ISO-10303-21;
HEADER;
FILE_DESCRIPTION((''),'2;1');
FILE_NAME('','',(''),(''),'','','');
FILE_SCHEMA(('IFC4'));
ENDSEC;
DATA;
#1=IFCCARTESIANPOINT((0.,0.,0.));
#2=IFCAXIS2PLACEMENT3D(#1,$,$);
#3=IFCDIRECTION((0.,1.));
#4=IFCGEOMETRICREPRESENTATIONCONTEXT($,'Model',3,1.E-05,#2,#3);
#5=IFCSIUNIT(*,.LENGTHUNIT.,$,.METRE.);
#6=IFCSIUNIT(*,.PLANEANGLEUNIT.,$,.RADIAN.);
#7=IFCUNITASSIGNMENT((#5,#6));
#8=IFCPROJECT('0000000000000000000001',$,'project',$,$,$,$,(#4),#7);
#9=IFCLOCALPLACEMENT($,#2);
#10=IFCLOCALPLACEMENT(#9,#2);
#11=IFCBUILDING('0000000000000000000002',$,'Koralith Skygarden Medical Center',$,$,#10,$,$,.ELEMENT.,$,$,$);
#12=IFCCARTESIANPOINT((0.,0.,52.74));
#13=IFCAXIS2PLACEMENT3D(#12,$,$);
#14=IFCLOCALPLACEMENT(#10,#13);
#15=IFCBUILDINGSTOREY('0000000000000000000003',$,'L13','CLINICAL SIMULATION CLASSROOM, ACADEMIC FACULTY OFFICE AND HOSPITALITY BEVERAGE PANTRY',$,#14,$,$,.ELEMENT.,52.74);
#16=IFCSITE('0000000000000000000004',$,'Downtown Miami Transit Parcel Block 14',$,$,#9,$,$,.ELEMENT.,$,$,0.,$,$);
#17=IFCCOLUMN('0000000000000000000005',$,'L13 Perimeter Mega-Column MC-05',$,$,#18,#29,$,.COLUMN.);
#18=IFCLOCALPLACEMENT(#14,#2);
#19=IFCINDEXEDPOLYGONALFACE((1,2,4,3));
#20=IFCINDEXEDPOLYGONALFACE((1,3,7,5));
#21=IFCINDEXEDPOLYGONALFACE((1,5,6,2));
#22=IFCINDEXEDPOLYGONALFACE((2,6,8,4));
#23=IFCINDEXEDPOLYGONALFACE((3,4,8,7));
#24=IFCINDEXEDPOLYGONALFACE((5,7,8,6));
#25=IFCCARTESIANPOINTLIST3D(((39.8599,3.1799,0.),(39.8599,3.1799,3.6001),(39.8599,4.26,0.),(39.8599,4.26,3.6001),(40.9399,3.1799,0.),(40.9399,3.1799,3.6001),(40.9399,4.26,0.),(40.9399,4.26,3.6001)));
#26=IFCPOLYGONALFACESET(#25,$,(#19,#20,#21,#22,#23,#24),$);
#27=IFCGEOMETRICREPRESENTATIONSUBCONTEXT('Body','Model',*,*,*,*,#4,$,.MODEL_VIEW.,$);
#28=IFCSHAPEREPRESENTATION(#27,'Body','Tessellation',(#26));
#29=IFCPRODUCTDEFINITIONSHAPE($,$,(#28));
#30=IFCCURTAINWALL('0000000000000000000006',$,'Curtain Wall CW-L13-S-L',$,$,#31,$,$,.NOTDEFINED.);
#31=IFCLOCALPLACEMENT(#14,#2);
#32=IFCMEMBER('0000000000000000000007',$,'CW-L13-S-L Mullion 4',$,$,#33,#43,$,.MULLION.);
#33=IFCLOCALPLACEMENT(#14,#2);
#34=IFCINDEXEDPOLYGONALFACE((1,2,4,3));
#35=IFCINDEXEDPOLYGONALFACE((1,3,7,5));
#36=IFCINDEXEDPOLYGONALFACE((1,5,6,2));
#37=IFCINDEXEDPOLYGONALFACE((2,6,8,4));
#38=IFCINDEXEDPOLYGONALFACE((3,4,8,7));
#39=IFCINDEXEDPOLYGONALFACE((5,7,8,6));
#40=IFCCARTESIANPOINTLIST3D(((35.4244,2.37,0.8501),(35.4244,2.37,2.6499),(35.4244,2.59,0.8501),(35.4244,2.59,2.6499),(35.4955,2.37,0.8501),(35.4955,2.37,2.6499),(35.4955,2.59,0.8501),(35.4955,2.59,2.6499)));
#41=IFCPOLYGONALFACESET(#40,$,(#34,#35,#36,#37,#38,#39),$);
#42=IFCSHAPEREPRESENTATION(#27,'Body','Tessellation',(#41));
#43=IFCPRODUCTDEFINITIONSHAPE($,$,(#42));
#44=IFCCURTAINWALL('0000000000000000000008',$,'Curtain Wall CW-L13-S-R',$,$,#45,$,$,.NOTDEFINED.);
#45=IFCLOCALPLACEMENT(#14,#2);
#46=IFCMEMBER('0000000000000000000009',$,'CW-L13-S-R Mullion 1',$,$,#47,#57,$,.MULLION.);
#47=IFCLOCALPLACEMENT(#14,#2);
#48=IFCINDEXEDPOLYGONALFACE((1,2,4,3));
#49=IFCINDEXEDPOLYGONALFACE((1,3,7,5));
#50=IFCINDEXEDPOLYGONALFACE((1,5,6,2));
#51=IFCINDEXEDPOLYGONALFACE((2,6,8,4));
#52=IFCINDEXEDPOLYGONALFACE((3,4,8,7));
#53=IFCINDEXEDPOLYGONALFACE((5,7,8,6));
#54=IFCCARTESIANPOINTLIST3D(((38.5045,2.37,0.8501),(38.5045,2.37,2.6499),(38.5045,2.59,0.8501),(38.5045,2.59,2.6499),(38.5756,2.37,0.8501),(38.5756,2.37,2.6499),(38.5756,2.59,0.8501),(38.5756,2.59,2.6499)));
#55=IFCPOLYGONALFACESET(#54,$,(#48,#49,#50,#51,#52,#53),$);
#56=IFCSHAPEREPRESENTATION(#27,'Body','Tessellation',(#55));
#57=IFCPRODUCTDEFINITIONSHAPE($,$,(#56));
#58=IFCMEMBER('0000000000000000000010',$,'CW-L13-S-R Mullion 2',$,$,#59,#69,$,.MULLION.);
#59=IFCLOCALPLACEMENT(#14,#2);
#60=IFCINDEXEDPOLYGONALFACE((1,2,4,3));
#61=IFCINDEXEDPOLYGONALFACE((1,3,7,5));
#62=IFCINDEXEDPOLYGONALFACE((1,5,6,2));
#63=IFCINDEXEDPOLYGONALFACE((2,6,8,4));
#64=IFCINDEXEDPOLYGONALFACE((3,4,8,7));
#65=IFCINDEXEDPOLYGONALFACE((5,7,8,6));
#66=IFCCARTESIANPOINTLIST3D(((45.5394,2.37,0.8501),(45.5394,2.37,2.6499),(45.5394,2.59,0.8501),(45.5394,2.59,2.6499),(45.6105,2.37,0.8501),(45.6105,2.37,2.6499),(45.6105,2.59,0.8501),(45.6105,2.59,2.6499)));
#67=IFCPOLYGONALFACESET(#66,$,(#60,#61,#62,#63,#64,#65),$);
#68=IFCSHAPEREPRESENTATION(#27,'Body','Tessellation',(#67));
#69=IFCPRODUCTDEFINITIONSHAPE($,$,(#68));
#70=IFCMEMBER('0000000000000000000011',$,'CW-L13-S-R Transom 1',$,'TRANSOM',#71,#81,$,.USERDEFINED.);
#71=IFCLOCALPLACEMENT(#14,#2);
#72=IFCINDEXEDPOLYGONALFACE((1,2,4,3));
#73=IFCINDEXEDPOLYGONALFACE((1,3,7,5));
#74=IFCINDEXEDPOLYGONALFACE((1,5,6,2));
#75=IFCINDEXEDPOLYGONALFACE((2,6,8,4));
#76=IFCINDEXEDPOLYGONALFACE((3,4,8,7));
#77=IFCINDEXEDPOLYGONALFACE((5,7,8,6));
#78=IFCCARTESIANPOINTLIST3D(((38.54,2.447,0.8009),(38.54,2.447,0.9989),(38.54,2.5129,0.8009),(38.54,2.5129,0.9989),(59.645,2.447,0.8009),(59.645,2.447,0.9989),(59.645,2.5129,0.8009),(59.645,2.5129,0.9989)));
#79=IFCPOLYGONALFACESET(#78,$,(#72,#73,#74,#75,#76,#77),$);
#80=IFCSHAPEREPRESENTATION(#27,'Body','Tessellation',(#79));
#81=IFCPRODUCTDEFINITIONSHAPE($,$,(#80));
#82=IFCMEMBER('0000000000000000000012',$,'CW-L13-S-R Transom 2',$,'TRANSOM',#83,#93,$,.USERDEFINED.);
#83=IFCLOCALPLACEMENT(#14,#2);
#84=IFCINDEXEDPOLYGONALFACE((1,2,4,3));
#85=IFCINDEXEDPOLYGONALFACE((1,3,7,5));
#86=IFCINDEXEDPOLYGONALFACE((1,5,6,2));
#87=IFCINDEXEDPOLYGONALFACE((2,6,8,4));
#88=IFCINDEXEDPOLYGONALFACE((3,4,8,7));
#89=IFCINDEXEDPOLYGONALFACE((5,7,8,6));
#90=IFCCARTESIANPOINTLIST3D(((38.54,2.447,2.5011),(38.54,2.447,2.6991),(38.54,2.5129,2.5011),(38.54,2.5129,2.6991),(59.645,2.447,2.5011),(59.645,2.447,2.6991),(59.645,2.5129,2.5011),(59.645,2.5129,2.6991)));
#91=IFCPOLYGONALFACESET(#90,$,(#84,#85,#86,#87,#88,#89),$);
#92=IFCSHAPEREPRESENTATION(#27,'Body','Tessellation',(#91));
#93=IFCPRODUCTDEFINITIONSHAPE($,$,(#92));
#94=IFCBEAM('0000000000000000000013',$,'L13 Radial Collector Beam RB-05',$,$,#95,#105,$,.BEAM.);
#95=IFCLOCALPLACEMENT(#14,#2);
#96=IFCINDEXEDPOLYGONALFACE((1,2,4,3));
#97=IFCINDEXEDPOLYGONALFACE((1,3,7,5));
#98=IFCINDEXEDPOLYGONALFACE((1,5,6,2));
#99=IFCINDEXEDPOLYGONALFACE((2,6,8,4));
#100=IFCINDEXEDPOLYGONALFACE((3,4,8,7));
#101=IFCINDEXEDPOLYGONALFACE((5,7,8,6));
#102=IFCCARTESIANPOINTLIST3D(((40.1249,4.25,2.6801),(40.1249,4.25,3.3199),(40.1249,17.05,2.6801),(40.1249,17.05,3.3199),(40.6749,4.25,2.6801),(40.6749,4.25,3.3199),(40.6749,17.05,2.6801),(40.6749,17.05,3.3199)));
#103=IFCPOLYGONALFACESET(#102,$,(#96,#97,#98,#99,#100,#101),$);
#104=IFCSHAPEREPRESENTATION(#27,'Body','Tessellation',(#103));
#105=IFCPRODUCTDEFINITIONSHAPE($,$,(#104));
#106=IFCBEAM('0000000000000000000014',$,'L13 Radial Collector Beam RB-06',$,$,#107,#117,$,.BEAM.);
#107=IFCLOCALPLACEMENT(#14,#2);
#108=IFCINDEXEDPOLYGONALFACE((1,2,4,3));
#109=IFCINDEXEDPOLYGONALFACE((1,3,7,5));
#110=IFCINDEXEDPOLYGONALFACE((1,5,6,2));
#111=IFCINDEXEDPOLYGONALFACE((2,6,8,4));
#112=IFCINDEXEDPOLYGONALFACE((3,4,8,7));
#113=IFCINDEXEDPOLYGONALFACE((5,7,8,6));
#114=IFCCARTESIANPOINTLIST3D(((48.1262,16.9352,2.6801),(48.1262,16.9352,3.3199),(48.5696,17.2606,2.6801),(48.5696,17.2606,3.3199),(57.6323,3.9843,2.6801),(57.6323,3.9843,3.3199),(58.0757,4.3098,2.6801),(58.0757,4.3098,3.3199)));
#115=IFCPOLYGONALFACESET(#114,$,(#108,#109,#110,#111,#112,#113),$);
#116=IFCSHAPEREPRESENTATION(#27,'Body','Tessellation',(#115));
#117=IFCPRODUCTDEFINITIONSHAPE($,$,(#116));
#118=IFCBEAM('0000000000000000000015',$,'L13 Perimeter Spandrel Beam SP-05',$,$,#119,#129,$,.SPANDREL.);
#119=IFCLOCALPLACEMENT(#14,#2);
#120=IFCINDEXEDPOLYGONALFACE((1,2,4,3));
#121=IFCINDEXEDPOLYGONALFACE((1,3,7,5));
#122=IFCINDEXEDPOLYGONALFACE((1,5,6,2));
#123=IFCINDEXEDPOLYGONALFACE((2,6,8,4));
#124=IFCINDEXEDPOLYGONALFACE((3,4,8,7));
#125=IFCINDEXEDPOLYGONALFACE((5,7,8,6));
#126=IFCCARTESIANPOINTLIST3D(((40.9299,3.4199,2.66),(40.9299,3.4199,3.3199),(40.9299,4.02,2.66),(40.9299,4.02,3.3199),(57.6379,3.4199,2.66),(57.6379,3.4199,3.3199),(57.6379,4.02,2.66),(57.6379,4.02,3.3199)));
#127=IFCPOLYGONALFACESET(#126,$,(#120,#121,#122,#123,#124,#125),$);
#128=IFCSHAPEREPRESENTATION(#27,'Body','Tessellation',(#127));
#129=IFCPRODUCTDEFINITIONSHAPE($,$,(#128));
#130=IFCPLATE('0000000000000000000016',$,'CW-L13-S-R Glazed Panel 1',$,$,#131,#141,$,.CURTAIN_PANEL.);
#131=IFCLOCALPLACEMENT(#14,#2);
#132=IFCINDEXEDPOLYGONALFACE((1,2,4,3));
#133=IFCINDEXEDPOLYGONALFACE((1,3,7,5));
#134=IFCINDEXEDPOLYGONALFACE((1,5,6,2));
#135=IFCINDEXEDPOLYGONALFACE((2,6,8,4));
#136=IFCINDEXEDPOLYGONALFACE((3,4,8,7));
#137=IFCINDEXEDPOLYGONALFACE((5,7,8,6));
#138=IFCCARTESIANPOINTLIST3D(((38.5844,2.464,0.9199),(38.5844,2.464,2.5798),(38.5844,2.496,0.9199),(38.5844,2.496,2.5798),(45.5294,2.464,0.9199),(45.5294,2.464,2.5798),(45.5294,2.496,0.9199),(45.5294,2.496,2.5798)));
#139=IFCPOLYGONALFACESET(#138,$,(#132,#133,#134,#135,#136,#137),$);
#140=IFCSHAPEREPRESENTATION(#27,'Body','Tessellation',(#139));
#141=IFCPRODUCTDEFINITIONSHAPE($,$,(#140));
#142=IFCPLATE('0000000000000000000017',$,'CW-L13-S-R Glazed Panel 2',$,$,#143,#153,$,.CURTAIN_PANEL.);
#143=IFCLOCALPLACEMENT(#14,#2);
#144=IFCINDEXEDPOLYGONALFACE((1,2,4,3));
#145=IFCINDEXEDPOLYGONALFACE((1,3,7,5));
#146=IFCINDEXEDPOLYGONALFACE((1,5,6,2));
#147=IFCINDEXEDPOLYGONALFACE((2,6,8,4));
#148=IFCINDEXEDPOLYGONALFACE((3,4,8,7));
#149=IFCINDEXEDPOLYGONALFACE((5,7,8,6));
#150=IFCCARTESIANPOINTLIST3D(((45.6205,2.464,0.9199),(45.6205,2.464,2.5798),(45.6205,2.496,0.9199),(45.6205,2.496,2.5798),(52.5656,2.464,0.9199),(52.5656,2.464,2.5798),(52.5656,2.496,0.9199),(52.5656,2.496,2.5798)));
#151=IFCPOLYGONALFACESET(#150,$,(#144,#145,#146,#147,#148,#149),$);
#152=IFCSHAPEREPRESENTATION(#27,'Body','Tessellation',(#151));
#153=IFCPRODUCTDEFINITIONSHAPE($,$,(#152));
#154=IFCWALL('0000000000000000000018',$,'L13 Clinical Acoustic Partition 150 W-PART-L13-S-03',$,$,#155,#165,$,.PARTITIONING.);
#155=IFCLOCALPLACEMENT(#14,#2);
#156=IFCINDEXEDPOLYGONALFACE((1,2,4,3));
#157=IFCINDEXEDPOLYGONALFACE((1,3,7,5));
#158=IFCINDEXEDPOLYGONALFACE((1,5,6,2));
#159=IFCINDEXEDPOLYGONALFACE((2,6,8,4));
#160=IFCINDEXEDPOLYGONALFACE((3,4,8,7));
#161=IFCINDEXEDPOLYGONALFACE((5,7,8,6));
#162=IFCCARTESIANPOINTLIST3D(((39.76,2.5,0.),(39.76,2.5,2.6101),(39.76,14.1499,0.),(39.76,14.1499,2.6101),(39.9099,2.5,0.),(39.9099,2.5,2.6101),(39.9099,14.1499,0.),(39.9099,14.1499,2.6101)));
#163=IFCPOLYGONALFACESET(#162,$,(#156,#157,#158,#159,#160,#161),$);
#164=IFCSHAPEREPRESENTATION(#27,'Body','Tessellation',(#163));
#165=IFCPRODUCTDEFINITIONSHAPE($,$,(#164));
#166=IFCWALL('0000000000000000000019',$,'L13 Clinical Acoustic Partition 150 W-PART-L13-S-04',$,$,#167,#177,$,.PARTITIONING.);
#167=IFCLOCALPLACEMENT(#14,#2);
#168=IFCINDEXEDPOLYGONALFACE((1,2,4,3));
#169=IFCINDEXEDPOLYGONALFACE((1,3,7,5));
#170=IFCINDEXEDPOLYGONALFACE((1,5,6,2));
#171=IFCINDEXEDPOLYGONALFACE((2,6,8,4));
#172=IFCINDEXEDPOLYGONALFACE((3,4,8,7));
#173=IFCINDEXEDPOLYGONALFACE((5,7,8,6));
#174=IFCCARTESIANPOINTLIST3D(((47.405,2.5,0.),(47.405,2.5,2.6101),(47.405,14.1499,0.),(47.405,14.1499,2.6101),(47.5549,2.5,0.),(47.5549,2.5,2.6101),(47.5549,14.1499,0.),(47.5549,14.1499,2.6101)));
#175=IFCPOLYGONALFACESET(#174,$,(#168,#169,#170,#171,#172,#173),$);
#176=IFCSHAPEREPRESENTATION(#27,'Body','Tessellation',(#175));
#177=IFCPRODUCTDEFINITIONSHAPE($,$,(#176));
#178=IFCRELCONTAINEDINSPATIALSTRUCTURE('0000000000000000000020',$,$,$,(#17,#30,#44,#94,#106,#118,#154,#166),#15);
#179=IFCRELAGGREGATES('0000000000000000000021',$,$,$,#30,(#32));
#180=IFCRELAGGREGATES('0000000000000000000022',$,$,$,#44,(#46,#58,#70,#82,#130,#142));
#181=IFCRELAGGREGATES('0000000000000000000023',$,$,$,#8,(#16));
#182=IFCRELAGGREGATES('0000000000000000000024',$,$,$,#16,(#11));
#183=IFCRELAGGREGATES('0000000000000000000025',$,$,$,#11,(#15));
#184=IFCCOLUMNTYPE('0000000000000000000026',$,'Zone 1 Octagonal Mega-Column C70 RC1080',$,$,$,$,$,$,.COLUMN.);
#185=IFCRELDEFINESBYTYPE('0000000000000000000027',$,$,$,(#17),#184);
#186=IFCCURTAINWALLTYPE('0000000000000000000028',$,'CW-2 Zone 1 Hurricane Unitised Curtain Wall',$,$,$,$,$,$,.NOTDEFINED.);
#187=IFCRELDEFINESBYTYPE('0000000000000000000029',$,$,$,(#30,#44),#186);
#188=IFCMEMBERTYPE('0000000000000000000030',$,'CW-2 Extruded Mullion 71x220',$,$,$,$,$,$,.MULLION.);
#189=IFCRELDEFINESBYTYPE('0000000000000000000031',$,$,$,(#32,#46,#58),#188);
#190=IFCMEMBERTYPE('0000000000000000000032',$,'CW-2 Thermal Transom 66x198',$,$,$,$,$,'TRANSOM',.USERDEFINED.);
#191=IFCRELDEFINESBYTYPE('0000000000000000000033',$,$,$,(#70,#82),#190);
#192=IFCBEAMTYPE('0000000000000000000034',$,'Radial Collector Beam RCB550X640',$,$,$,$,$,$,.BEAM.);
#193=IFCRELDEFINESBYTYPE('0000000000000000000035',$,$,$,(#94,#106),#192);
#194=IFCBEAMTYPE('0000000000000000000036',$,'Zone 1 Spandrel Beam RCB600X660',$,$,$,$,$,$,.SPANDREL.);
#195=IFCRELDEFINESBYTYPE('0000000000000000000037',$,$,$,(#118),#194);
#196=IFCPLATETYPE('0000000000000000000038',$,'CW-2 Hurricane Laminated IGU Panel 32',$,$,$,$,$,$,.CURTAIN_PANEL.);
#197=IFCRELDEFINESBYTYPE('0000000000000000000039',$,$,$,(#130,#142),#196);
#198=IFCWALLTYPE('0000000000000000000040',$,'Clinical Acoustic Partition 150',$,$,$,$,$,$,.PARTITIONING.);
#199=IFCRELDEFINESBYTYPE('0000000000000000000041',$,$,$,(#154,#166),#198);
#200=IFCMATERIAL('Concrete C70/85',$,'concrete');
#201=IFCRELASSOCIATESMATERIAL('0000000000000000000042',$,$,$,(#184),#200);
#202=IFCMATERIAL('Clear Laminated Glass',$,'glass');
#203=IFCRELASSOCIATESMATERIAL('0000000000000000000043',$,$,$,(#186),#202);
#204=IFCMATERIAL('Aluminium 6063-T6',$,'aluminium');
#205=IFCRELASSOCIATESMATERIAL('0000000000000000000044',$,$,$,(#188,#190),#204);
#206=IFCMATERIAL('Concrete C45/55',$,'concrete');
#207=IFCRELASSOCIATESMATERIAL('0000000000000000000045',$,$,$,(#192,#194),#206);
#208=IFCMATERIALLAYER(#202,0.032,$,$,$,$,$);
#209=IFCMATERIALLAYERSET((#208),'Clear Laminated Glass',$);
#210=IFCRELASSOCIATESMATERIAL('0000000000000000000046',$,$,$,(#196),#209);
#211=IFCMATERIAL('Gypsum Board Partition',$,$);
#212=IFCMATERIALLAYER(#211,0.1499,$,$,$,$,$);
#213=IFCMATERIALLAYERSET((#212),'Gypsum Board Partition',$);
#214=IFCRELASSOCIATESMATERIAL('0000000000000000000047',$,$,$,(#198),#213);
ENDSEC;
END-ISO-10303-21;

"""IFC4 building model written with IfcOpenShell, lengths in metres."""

from ifc_helpers import new_model, si_unit, direction, frame, frame_2d, origin, origin_2d, place, context, subcontext, project, spatial, rectangle, extrude, material, layer, layer_set, material_profile, profile_set, type_object, element, aggregate, save


model = new_model("IFC4")

# Units and contexts
model_context = context("Model", 3, precision=1e-05, world=origin(), true_north=direction((0.0, 1.0)))
body_context = subcontext(model_context, "Body", "Model", "MODEL_VIEW")
ifc_project = project(units=[si_unit("LENGTHUNIT", "METRE"), si_unit("PLANEANGLEUNIT", "RADIAN")], contexts=[model_context])

# Site, building, storey
site_placement = place(None, origin())
site = spatial("IfcSite", under=ifc_project, at=site_placement, Name="Downtown Miami Transit Parcel Block 14", CompositionType="ELEMENT", RefElevation=0.0)
building_placement = place(site_placement, origin())
building = spatial("IfcBuilding", under=site, at=building_placement, Name="Koralith Skygarden Medical Center", CompositionType="ELEMENT")
storey_placement = place(building_placement, frame((0.0, 0.0, 52.74)))
storey = spatial("IfcBuildingStorey", under=building, at=storey_placement, Name="L13", Description="CLINICAL SIMULATION CLASSROOM, ACADEMIC FACULTY OFFICE AND HOSPITALITY BEVERAGE PANTRY", CompositionType="ELEMENT", Elevation=52.74)

# Column
ifc_material_1 = material(Name="Concrete C70/85", Category="concrete")
ifc_material_profile_1 = material_profile(ifc_material_1, rectangle(XDim=1.0801, YDim=1.0801, at=origin_2d()), Name="RC1080X1080")
ifc_profile_set_1 = profile_set([ifc_material_profile_1], Name="Concrete C70/85")
column_type = type_object("IfcColumnType", Name="Zone 1 Octagonal Mega-Column C70 RC1080", PredefinedType="COLUMN", material=ifc_profile_set_1)
column_placement = place(storey_placement, frame((40.3999, 3.72, 0.0), z_axis=(0.0, 0.0, 1.0), x_axis=(1.0, 0.0, 0.0)))
element("IfcColumn", 1, at=column_placement, inside=storey, type_object=column_type, Name="L13 Perimeter Mega-Column MC-05", PredefinedType="COLUMN", context=body_context, shape_type="SweptSolid", body=[
    extrude(rectangle(XDim=1.0801, YDim=1.0801, at=origin_2d()), origin(), (0.0, 0.0, 1.0), 3.6001),
])

# Curtain wall, member
ifc_material_2 = material(Name="Clear Laminated Glass", Category="glass")
curtain_wall_type = type_object("IfcCurtainWallType", Name="CW-2 Zone 1 Hurricane Unitised Curtain Wall", PredefinedType="NOTDEFINED", material=ifc_material_2)
curtain_wall_1_placement = place(storey_placement, origin())
curtain_wall_1 = element("IfcCurtainWall", 2, at=curtain_wall_1_placement, inside=storey, type_object=curtain_wall_type, Name="Curtain Wall CW-L13-S-L", PredefinedType="NOTDEFINED")
ifc_material_3 = material(Name="Aluminium 6063-T6", Category="aluminium")
ifc_material_profile_2 = material_profile(ifc_material_3, rectangle(XDim=0.071, YDim=0.22, at=origin_2d()), Name="MUL71X220")
ifc_profile_set_2 = profile_set([ifc_material_profile_2], Name="Aluminium 6063-T6")
member_type_1 = type_object("IfcMemberType", Name="CW-2 Extruded Mullion 71x220", PredefinedType="MULLION", material=ifc_profile_set_2)
member_1_placement = place(storey_placement, frame((35.46, 2.48, 0.8501), z_axis=(0.0, 0.0, 1.0), x_axis=(1.0, 0.0, 0.0)))
member_1 = element("IfcMember", 3, at=member_1_placement, type_object=member_type_1, Name="CW-L13-S-L Mullion 4", PredefinedType="MULLION", context=body_context, shape_type="SweptSolid", body=[
    extrude(rectangle(XDim=0.071, YDim=0.22, at=origin_2d()), origin(), (0.0, 0.0, 1.0), 1.7998),
])
aggregate(curtain_wall_1, [member_1])

# Curtain wall, members
curtain_wall_2_placement = place(storey_placement, origin())
curtain_wall_2 = element("IfcCurtainWall", 4, at=curtain_wall_2_placement, inside=storey, type_object=curtain_wall_type, Name="Curtain Wall CW-L13-S-R", PredefinedType="NOTDEFINED")
member_2_placement = place(storey_placement, frame((38.54, 2.48, 0.8501), z_axis=(0.0, 0.0, 1.0), x_axis=(1.0, 0.0, 0.0)))
member_2 = element("IfcMember", 5, at=member_2_placement, type_object=member_type_1, Name="CW-L13-S-R Mullion 1", PredefinedType="MULLION", context=body_context, shape_type="SweptSolid", body=[
    extrude(rectangle(XDim=0.071, YDim=0.22, at=origin_2d()), origin(), (0.0, 0.0, 1.0), 1.7998),
])
member_3_placement = place(storey_placement, frame((45.575, 2.48, 0.8501), z_axis=(0.0, 0.0, 1.0), x_axis=(1.0, 0.0, 0.0)))
member_3 = element("IfcMember", 6, at=member_3_placement, type_object=member_type_1, Name="CW-L13-S-R Mullion 2", PredefinedType="MULLION", context=body_context, shape_type="SweptSolid", body=[
    extrude(rectangle(XDim=0.071, YDim=0.22, at=origin_2d()), origin(), (0.0, 0.0, 1.0), 1.7998),
])
ifc_material_profile_3 = material_profile(ifc_material_3, rectangle(XDim=0.0659, YDim=0.198, at=origin_2d()), Name="TRN66X198")
ifc_profile_set_3 = profile_set([ifc_material_profile_3], Name="Aluminium 6063-T6")
member_type_2 = type_object("IfcMemberType", Name="CW-2 Thermal Transom 66x198", ElementType="TRANSOM", PredefinedType="USERDEFINED", material=ifc_profile_set_3)
member_4_placement = place(storey_placement, frame((38.54, 2.48, 0.8999), z_axis=(1.0, 0.0, 0.0), x_axis=(0.0, 1.0, 0.0)))
member_4 = element("IfcMember", 7, at=member_4_placement, type_object=member_type_2, Name="CW-L13-S-R Transom 1", ObjectType="TRANSOM", PredefinedType="USERDEFINED", context=body_context, shape_type="SweptSolid", body=[
    extrude(rectangle(XDim=0.0659, YDim=0.198, at=origin_2d()), origin(), (0.0, 0.0, 1.0), 21.105),
])
member_5_placement = place(storey_placement, frame((38.54, 2.48, 2.6001), z_axis=(1.0, 0.0, 0.0), x_axis=(0.0, 1.0, 0.0)))
member_5 = element("IfcMember", 8, at=member_5_placement, type_object=member_type_2, Name="CW-L13-S-R Transom 2", ObjectType="TRANSOM", PredefinedType="USERDEFINED", context=body_context, shape_type="SweptSolid", body=[
    extrude(rectangle(XDim=0.0659, YDim=0.198, at=origin_2d()), origin(), (0.0, 0.0, 1.0), 21.105),
])

# Beams
ifc_material_4 = material(Name="Concrete C45/55", Category="concrete")
ifc_material_profile_4 = material_profile(ifc_material_4, rectangle(XDim=0.55, YDim=0.6399, at=origin_2d()), Name="RCB550X640")
ifc_profile_set_4 = profile_set([ifc_material_profile_4], Name="Concrete C45/55")
beam_type_1 = type_object("IfcBeamType", Name="Radial Collector Beam RCB550X640", PredefinedType="BEAM", material=ifc_profile_set_4)
beam_1_placement = place(storey_placement, frame((40.3999, 17.05, 3.0), z_axis=(0.0, -1.0, 0.0), x_axis=(1.0, 0.0, 0.0)))
element("IfcBeam", 9, at=beam_1_placement, inside=storey, type_object=beam_type_1, Name="L13 Radial Collector Beam RB-05", PredefinedType="BEAM", context=body_context, shape_type="SweptSolid", body=[
    extrude(rectangle(XDim=0.55, YDim=0.6399, at=origin_2d()), origin(), (0.0, 0.0, 1.0), 12.8),
])
beam_2_placement = place(storey_placement, frame((48.3479, 17.0979, 3.0), z_axis=(0.591718, -0.806145, 0.0), x_axis=(0.806145, 0.591718, 0.0)))
element("IfcBeam", 10, at=beam_2_placement, inside=storey, type_object=beam_type_1, Name="L13 Radial Collector Beam RB-06", PredefinedType="BEAM", context=body_context, shape_type="SweptSolid", body=[
    extrude(rectangle(XDim=0.55, YDim=0.6399, at=origin_2d()), origin(), (0.0, 0.0, 1.0), 16.0652),
])
ifc_material_profile_5 = material_profile(ifc_material_4, rectangle(XDim=0.6001, YDim=0.6599, at=origin_2d()), Name="RCB600X660")
ifc_profile_set_5 = profile_set([ifc_material_profile_5], Name="Concrete C45/55")
beam_type_2 = type_object("IfcBeamType", Name="Zone 1 Spandrel Beam RCB600X660", PredefinedType="SPANDREL", material=ifc_profile_set_5)
beam_3_placement = place(storey_placement, frame((40.9299, 3.72, 2.99), z_axis=(1.0, 0.0, 0.0), x_axis=(0.0, 1.0, 0.0)))
element("IfcBeam", 11, at=beam_3_placement, inside=storey, type_object=beam_type_2, Name="L13 Perimeter Spandrel Beam SP-05", PredefinedType="SPANDREL", context=body_context, shape_type="SweptSolid", body=[
    extrude(rectangle(XDim=0.6001, YDim=0.6599, at=origin_2d()), origin(), (0.0, 0.0, 1.0), 16.708),
])

# Plates
ifc_layer_1 = layer(ifc_material_2, 0.032)
ifc_layer_set_1 = layer_set([ifc_layer_1], Name="Clear Laminated Glass")
plate_type = type_object("IfcPlateType", Name="CW-2 Hurricane Laminated IGU Panel 32", PredefinedType="CURTAIN_PANEL", material=ifc_layer_set_1)
plate_1_placement = place(storey_placement, frame((42.0569, 2.48, 0.9199), z_axis=(0.0, 0.0, 1.0), x_axis=(1.0, 0.0, 0.0)))
plate_1 = element("IfcPlate", 12, at=plate_1_placement, type_object=plate_type, Name="CW-L13-S-R Glazed Panel 1", PredefinedType="CURTAIN_PANEL", context=body_context, shape_type="SweptSolid", body=[
    extrude(rectangle(XDim=6.9451, YDim=0.032, at=origin_2d()), origin(), (0.0, 0.0, 1.0), 1.6599),
])
plate_2_placement = place(storey_placement, frame((49.093, 2.48, 0.9199), z_axis=(0.0, 0.0, 1.0), x_axis=(1.0, 0.0, 0.0)))
plate_2 = element("IfcPlate", 13, at=plate_2_placement, type_object=plate_type, Name="CW-L13-S-R Glazed Panel 2", PredefinedType="CURTAIN_PANEL", context=body_context, shape_type="SweptSolid", body=[
    extrude(rectangle(XDim=6.9451, YDim=0.032, at=origin_2d()), origin(), (0.0, 0.0, 1.0), 1.6599),
])
aggregate(curtain_wall_2, [member_2, member_3, member_4, member_5, plate_1, plate_2])

# Walls
ifc_material_5 = material(Name="Gypsum Board Partition")
ifc_layer_2 = layer(ifc_material_5, 0.1499)
ifc_layer_set_2 = layer_set([ifc_layer_2], Name="Gypsum Board Partition")
wall_type_1 = type_object("IfcWallType", Name="Clinical Acoustic Partition 150", PredefinedType="PARTITIONING", material=ifc_layer_set_2)
for number, where, z_axis, x_axis, name in (
    (14, (39.835, 14.1499, 0.0), (0.0, 0.0, 1.0), (0.0, -1.0, 0.0), "L13 Clinical Acoustic Partition 150 W-PART-L13-S-03"),
    (15, (47.48, 14.1499, 0.0), (0.0, 0.0, 1.0), (0.0, -1.0, 0.0), "L13 Clinical Acoustic Partition 150 W-PART-L13-S-04"),
):
    element("IfcWall", number, at=place(storey_placement, frame(where, z_axis=z_axis, x_axis=x_axis)), inside=storey, type_object=wall_type_1, Name=name, PredefinedType="PARTITIONING", context=body_context, shape_type="SweptSolid", body=[
        extrude(rectangle(XDim=11.6499, YDim=0.1499, at=frame_2d((5.825, 0.0))), origin(), (0.0, 0.0, 1.0), 2.6101),
    ])

save(model, "model.ifc")
